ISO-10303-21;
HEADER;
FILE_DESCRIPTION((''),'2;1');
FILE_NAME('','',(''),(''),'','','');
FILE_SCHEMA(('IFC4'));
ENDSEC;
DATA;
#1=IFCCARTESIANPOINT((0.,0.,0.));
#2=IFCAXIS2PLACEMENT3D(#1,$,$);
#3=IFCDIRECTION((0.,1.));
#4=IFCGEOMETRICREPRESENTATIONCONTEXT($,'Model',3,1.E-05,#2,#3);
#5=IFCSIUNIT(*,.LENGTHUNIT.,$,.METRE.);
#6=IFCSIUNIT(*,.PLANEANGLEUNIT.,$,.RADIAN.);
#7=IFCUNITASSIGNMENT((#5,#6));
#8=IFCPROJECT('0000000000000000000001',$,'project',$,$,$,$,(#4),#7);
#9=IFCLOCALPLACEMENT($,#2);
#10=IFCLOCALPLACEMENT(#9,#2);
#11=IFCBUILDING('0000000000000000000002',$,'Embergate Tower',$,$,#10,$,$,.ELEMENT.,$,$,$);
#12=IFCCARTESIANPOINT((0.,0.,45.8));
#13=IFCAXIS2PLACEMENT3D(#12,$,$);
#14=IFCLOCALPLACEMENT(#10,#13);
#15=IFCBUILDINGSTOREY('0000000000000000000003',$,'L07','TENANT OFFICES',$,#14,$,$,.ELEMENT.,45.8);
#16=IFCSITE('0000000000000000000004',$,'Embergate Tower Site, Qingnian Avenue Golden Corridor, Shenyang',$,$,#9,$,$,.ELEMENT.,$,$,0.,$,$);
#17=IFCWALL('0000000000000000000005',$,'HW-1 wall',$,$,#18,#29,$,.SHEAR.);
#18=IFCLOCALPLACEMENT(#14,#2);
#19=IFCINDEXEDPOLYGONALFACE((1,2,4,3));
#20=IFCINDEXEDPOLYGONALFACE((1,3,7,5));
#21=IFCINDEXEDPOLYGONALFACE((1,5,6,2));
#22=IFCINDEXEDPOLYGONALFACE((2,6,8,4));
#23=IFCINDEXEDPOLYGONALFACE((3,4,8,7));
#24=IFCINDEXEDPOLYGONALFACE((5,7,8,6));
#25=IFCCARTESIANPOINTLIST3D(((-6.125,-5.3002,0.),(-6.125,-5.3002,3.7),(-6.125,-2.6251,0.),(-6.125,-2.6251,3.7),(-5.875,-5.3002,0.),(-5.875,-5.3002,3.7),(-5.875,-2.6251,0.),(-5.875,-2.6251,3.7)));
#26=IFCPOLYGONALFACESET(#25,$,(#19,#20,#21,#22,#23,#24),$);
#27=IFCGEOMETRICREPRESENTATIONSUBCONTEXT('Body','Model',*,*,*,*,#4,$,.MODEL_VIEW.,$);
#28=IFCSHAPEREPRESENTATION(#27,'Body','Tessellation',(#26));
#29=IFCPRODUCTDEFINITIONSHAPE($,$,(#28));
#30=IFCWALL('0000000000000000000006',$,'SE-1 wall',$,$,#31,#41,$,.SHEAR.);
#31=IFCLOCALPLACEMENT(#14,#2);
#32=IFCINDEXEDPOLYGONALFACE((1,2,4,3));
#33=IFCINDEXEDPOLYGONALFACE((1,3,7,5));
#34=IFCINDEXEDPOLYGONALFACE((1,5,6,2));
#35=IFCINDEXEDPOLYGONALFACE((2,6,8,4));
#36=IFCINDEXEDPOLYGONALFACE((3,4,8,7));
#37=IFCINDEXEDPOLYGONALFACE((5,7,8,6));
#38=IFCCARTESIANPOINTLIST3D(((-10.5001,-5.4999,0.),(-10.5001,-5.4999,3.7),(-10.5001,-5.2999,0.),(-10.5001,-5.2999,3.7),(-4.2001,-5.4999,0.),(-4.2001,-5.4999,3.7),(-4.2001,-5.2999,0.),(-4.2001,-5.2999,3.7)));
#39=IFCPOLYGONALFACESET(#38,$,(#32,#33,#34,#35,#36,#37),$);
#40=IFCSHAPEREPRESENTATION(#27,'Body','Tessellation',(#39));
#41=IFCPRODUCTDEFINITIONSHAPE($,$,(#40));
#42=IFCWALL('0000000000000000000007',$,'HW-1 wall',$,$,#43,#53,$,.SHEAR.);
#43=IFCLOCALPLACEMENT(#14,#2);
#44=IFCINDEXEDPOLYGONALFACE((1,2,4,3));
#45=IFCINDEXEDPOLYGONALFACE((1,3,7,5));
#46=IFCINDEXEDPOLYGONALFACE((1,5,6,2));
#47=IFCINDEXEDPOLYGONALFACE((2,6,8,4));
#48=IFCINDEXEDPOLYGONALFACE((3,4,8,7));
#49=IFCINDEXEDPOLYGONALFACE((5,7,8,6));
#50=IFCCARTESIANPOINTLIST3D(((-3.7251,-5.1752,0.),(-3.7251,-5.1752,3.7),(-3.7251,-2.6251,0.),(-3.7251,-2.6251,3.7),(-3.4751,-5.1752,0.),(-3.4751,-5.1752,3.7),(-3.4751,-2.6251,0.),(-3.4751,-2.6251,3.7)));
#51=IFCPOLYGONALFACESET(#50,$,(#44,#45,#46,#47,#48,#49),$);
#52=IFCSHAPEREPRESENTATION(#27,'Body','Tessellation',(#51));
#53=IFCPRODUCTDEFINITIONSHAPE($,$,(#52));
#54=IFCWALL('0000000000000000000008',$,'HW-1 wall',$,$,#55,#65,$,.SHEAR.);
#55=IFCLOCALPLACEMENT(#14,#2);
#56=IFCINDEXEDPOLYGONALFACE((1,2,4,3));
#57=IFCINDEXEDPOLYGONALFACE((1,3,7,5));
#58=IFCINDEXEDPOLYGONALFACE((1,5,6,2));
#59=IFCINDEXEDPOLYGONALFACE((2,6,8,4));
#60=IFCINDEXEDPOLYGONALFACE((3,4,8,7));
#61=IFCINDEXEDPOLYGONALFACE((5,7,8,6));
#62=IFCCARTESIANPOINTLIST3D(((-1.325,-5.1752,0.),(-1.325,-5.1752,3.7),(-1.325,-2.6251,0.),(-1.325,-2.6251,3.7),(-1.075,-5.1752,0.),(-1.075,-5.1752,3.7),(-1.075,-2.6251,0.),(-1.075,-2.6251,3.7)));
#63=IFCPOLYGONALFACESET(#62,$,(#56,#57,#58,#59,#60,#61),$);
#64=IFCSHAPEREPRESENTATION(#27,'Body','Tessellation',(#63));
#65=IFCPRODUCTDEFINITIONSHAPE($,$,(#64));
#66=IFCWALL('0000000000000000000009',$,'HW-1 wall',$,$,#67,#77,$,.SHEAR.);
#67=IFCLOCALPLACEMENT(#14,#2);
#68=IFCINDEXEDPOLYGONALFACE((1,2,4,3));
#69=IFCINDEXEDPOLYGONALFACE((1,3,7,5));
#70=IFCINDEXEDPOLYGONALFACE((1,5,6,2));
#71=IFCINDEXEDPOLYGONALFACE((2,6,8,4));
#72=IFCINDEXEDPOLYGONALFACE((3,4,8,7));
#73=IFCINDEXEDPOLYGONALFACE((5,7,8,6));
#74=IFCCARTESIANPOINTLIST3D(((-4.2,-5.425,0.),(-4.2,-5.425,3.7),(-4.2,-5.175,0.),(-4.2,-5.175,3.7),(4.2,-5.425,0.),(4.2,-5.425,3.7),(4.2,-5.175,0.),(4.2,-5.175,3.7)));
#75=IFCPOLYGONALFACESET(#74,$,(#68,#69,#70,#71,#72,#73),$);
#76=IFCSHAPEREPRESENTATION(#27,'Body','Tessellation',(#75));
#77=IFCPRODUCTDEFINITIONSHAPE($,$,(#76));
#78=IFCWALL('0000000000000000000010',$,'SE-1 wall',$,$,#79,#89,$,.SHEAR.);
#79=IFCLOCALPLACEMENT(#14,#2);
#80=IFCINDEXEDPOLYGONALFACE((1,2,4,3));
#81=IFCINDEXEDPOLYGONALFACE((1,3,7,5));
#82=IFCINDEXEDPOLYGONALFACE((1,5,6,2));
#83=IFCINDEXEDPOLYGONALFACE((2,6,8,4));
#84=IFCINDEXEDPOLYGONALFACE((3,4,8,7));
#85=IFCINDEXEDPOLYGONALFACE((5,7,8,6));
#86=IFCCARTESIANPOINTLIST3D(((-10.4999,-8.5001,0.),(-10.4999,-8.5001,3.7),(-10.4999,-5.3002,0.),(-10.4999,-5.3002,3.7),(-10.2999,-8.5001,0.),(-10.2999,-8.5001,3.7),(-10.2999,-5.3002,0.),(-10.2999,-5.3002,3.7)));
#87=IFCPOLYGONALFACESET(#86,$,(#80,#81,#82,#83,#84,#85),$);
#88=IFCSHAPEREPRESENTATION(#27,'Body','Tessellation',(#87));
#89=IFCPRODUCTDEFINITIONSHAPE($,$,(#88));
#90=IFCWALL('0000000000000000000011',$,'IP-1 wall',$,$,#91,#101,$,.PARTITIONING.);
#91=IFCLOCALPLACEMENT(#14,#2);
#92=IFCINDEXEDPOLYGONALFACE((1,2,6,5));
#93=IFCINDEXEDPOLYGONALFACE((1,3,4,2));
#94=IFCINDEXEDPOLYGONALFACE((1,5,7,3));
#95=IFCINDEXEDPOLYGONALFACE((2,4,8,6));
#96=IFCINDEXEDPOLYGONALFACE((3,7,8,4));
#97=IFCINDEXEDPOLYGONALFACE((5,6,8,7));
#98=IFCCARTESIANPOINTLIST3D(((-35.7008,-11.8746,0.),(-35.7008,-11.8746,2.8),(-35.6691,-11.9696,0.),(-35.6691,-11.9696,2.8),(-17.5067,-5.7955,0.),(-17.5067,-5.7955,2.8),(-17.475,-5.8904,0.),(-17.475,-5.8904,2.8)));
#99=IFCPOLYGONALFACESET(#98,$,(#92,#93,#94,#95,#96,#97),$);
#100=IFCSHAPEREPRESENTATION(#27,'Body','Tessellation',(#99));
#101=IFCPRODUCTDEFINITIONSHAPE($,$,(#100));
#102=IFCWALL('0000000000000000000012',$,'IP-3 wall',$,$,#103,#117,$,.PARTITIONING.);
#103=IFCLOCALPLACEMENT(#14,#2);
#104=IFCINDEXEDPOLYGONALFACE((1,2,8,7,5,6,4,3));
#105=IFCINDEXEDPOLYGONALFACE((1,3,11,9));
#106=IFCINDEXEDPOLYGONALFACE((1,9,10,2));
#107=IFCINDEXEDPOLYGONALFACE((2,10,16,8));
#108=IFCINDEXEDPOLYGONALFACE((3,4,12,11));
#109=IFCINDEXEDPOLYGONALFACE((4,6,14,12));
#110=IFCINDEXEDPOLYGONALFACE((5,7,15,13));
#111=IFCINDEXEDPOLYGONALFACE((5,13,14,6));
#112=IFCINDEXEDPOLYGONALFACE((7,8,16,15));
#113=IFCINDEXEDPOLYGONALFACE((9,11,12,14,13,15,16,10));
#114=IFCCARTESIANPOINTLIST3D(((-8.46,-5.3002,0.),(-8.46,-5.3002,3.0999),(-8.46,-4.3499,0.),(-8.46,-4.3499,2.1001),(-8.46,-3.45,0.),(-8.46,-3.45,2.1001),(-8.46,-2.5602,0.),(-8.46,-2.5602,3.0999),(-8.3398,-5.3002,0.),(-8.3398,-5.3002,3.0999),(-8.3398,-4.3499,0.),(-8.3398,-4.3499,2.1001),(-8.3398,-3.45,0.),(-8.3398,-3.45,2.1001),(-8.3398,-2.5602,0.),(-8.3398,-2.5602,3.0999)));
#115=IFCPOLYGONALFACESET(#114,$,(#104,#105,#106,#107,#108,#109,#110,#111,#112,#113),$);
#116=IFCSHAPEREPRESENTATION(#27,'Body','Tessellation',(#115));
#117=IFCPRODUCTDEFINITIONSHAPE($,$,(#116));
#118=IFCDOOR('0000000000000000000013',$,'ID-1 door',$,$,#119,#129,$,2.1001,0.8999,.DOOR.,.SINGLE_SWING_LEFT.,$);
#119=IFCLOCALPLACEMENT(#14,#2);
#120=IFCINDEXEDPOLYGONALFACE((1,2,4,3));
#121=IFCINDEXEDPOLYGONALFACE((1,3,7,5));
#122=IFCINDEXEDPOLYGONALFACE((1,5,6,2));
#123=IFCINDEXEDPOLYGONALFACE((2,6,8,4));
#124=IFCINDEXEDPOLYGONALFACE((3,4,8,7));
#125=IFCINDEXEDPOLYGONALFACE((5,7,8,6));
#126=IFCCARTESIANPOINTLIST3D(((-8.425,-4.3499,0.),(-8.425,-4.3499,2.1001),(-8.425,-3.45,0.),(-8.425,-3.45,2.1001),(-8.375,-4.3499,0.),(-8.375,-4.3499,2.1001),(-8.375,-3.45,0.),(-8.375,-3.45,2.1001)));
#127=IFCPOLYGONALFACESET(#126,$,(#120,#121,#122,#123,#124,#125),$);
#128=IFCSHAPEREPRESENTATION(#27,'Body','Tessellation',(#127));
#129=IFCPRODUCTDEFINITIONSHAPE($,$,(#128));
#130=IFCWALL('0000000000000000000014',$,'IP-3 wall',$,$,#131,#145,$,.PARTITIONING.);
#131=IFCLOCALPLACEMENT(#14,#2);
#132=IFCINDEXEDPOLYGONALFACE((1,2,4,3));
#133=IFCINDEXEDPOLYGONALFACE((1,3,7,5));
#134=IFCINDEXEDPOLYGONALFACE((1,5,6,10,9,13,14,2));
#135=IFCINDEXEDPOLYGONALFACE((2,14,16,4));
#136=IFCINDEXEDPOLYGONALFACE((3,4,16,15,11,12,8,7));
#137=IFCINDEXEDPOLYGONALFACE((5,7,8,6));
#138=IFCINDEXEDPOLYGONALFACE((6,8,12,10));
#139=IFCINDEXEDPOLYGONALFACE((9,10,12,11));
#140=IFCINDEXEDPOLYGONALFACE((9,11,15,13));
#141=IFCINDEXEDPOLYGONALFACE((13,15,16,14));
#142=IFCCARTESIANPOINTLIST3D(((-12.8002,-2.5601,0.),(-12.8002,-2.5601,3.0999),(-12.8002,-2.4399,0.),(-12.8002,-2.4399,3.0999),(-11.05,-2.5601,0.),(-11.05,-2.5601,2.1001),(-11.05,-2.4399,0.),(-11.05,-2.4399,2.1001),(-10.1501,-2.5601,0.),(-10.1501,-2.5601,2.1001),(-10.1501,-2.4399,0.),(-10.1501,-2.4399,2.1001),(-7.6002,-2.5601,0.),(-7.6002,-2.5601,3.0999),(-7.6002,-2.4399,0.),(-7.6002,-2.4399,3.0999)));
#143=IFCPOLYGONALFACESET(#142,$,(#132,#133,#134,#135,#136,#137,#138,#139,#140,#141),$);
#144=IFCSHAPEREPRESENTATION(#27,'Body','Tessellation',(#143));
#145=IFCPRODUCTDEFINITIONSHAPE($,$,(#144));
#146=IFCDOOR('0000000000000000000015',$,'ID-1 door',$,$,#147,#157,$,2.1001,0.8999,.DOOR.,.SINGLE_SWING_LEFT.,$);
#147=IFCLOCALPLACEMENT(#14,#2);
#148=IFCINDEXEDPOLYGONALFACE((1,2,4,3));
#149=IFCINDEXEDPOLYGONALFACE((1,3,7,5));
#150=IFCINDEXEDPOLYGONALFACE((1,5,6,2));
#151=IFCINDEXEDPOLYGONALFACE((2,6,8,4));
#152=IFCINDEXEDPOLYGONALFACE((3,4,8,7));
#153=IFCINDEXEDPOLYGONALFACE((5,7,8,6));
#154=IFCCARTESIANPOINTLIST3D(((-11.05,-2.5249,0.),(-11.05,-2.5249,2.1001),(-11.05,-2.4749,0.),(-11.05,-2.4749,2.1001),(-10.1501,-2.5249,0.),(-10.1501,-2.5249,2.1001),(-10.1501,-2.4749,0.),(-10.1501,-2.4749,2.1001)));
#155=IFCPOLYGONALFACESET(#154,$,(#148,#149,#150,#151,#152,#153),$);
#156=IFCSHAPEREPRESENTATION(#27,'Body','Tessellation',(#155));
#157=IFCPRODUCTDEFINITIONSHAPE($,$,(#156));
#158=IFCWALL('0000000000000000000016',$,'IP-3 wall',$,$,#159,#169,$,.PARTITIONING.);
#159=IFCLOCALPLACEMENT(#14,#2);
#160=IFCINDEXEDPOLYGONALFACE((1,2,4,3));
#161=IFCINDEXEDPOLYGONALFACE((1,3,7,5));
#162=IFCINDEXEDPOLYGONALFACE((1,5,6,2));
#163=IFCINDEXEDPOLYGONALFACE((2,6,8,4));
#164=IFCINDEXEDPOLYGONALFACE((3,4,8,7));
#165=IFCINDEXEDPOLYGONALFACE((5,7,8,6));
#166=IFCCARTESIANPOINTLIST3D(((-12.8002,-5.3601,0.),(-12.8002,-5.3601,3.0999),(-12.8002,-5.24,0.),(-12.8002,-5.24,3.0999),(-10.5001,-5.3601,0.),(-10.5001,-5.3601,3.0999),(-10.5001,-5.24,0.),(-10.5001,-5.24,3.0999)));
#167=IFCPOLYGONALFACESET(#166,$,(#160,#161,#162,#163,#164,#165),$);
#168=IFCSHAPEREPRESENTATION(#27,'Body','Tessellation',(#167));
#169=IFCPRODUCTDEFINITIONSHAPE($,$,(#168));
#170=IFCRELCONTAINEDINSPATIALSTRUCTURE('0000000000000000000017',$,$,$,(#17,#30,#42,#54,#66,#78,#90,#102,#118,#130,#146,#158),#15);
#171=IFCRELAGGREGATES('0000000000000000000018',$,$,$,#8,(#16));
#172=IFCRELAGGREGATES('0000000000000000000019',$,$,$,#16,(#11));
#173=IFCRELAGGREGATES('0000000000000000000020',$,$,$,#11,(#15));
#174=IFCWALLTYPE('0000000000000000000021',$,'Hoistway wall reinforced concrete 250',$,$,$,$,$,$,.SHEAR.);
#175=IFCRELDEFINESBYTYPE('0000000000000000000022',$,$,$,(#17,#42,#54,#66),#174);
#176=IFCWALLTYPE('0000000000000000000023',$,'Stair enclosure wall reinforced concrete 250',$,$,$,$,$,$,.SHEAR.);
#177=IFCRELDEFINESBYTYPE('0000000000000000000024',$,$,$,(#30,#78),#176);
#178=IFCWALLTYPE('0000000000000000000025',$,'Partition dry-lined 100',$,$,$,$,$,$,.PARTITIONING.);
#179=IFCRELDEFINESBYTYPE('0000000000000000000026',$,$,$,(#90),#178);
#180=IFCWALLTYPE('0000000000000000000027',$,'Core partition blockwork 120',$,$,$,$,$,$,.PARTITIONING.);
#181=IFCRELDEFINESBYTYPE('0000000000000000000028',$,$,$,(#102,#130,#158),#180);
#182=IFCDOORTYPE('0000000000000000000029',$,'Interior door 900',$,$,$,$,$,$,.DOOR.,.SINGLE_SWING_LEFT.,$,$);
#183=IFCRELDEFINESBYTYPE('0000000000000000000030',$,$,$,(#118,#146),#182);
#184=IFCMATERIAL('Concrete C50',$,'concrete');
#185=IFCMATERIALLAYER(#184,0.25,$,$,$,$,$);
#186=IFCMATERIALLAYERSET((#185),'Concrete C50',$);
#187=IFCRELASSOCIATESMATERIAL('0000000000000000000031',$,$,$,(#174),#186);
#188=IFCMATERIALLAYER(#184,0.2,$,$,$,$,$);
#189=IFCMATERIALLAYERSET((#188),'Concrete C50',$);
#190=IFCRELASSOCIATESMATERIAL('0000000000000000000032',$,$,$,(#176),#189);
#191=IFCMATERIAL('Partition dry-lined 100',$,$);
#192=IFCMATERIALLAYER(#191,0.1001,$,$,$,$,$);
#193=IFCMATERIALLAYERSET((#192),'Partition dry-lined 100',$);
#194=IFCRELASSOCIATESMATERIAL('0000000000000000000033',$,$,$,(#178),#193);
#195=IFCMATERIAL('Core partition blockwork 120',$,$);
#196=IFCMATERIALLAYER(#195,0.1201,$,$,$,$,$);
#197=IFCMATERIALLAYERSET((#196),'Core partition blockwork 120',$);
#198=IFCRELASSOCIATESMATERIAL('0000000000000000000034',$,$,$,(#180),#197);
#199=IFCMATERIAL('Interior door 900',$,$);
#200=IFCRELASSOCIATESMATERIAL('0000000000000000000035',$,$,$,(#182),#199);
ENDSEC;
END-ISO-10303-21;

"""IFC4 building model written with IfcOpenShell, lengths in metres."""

from ifc_helpers import new_model, si_unit, direction, frame, frame_2d, origin, place, context, subcontext, project, spatial, rectangle, extrude, source, transform, mapped, material, layer, layer_set, type_object, element, fill, save


model = new_model("IFC4")

# Units and contexts
model_context = context("Model", 3, precision=1e-05, world=origin(), true_north=direction((0.0, 1.0)))
body_context = subcontext(model_context, "Body", "Model", "MODEL_VIEW")
ifc_project = project(units=[si_unit("LENGTHUNIT", "METRE"), si_unit("PLANEANGLEUNIT", "RADIAN")], contexts=[model_context])

# Site, building, storey
site_placement = place(None, origin())
site = spatial("IfcSite", under=ifc_project, at=site_placement, Name="Embergate Tower Site, Qingnian Avenue Golden Corridor, Shenyang", CompositionType="ELEMENT", RefElevation=0.0)
building_placement = place(site_placement, origin())
building = spatial("IfcBuilding", under=site, at=building_placement, Name="Embergate Tower", CompositionType="ELEMENT")
storey_placement = place(building_placement, frame((0.0, 0.0, 45.8)))
storey = spatial("IfcBuildingStorey", under=building, at=storey_placement, Name="L07", Description="TENANT OFFICES", CompositionType="ELEMENT", Elevation=45.8)

# Walls
ifc_material_1 = material(Name="Concrete C50", Category="concrete")
ifc_layer_1 = layer(ifc_material_1, 0.25)
ifc_layer_set_1 = layer_set([ifc_layer_1], Name="Concrete C50")
wall_type_1 = type_object("IfcWallType", Name="Hoistway wall reinforced concrete 250", PredefinedType="SHEAR", material=ifc_layer_set_1)
shared_shape_1 = source(origin(), body_context, "Body", "SweptSolid", [
    extrude(rectangle(XDim=2.675, YDim=0.25, at=frame_2d((1.3374, 0.0))), origin(), (0.0, 0.0, 1.0), 3.7),
])
wall_1_placement = place(storey_placement, frame((-6.0, -5.3, 0.0), z_axis=(0.0, 0.0, 1.0), x_axis=(0.0, 1.0, 0.0)))
element("IfcWall", 1, at=wall_1_placement, inside=storey, type_object=wall_type_1, Name="HW-1 wall", PredefinedType="SHEAR", context=body_context, shape_type="MappedRepresentation", body=[
    mapped(shared_shape_1, transform((0.0, 0.0, 0.0))),
])
ifc_layer_2 = layer(ifc_material_1, 0.2)
ifc_layer_set_2 = layer_set([ifc_layer_2], Name="Concrete C50")
wall_type_2 = type_object("IfcWallType", Name="Stair enclosure wall reinforced concrete 250", PredefinedType="SHEAR", material=ifc_layer_set_2)
shared_shape_2 = source(origin(), body_context, "Body", "SweptSolid", [
    extrude(rectangle(XDim=6.3, YDim=0.2, at=frame_2d((3.1499, 0.0))), origin(), (0.0, 0.0, 1.0), 3.7),
])
wall_2_placement = place(storey_placement, frame((-10.5, -5.3999, 0.0), z_axis=(0.0, 0.0, 1.0), x_axis=(1.0, 0.0, 0.0)))
element("IfcWall", 2, at=wall_2_placement, inside=storey, type_object=wall_type_2, Name="SE-1 wall", PredefinedType="SHEAR", context=body_context, shape_type="MappedRepresentation", body=[
    mapped(shared_shape_2, transform((0.0, 0.0, 0.0))),
])
shared_shape_3 = source(origin(), body_context, "Body", "SweptSolid", [
    extrude(rectangle(XDim=2.55, YDim=0.25, at=frame_2d((1.2749, 0.0))), origin(), (0.0, 0.0, 1.0), 3.7),
])
for number, where, z_axis, x_axis, name in (
    (3, (-3.6001, -5.175, 0.0), (0.0, 0.0, 1.0), (0.0, 1.0, 0.0), "HW-1 wall"),
    (4, (-1.2, -5.175, 0.0), (0.0, 0.0, 1.0), (0.0, 1.0, 0.0), "HW-1 wall"),
):
    element("IfcWall", number, at=place(storey_placement, frame(where, z_axis=z_axis, x_axis=x_axis)), inside=storey, type_object=wall_type_1, Name=name, PredefinedType="SHEAR", context=body_context, shape_type="MappedRepresentation", body=[
        mapped(shared_shape_3, transform((0.0, 0.0, 0.0))),
    ])
shared_shape_4 = source(origin(), body_context, "Body", "SweptSolid", [
    extrude(rectangle(XDim=8.3999, YDim=0.25, at=frame_2d((4.2, 0.0))), origin(), (0.0, 0.0, 1.0), 3.7),
])
wall_3_placement = place(storey_placement, frame((-4.2, -5.3, 0.0), z_axis=(0.0, 0.0, 1.0), x_axis=(1.0, 0.0, 0.0)))
element("IfcWall", 5, at=wall_3_placement, inside=storey, type_object=wall_type_1, Name="HW-1 wall", PredefinedType="SHEAR", context=body_context, shape_type="MappedRepresentation", body=[
    mapped(shared_shape_4, transform((0.0, 0.0, 0.0))),
])
shared_shape_5 = source(origin(), body_context, "Body", "SweptSolid", [
    extrude(rectangle(XDim=3.2, YDim=0.2, at=frame_2d((1.6001, 0.0))), origin(), (0.0, 0.0, 1.0), 3.7),
])
wall_4_placement = place(storey_placement, frame((-10.3999, -5.3, 0.0), z_axis=(0.0, 0.0, 1.0), x_axis=(0.0, -1.0, 0.0)))
element("IfcWall", 6, at=wall_4_placement, inside=storey, type_object=wall_type_2, Name="SE-1 wall", PredefinedType="SHEAR", context=body_context, shape_type="MappedRepresentation", body=[
    mapped(shared_shape_5, transform((0.0, 0.0, 0.0))),
])
ifc_material_2 = material(Name="Partition dry-lined 100")
ifc_layer_3 = layer(ifc_material_2, 0.1001)
ifc_layer_set_3 = layer_set([ifc_layer_3], Name="Partition dry-lined 100")
wall_type_3 = type_object("IfcWallType", Name="Partition dry-lined 100", PredefinedType="PARTITIONING", material=ifc_layer_set_3)
shared_shape_6 = source(origin(), body_context, "Body", "SweptSolid", [
    extrude(rectangle(XDim=19.1829, YDim=0.1001, at=frame_2d((9.5913, 0.0))), origin(), (0.0, 0.0, 1.0), 2.8),
])
wall_5_placement = place(storey_placement, frame((-17.491, -5.843, 0.0), z_axis=(0.0, 0.0, 1.0), x_axis=(-0.948458, -0.316903, 0.0)))
element("IfcWall", 7, at=wall_5_placement, inside=storey, type_object=wall_type_3, Name="IP-1 wall", PredefinedType="PARTITIONING", context=body_context, shape_type="MappedRepresentation", body=[
    mapped(shared_shape_6, transform((0.0, 0.0, 0.0))),
])

# Walls, openings, doors
ifc_material_3 = material(Name="Core partition blockwork 120")
ifc_layer_4 = layer(ifc_material_3, 0.1201)
ifc_layer_set_4 = layer_set([ifc_layer_4], Name="Core partition blockwork 120")
wall_type_4 = type_object("IfcWallType", Name="Core partition blockwork 120", PredefinedType="PARTITIONING", material=ifc_layer_set_4)
shared_shape_7 = source(origin(), body_context, "Body", "SweptSolid", [
    extrude(rectangle(XDim=2.74, YDim=0.1201, at=frame_2d((1.3701, 0.0))), origin(), (0.0, 0.0, 1.0), 3.0999),
])
wall_6_placement = place(storey_placement, frame((-8.3999, -2.5601, 0.0), z_axis=(0.0, 0.0, 1.0), x_axis=(0.0, -1.0, 0.0)))
wall_6 = element("IfcWall", 8, at=wall_6_placement, inside=storey, type_object=wall_type_4, Name="IP-3 wall", PredefinedType="PARTITIONING", context=body_context, shape_type="MappedRepresentation", body=[
    mapped(shared_shape_7, transform((0.0, 0.0, 0.0))),
])
shared_shape_8 = source(origin(), body_context, "Body", "SweptSolid", [
    extrude(rectangle(XDim=0.8999, YDim=2.1001, at=frame_2d((0.45, 1.05))), frame((0.0, 0.0701, 0.0), z_axis=(0.0, -1.0, 0.0), x_axis=(1.0, 0.0, 0.0)), (0.0, 0.0, 1.0), 0.1401),
])
opening_1_placement = place(wall_6_placement, frame((0.8899, 0.0, 0.0)))
opening_1 = element("IfcOpeningElement", 9, at=opening_1_placement, cuts=wall_6, PredefinedType="OPENING", context=body_context, shape_type="MappedRepresentation", body=[
    mapped(shared_shape_8, transform((0.0, 0.0, 0.0))),
])
ifc_material_4 = material(Name="Interior door 900")
door_type = type_object("IfcDoorType", Name="Interior door 900", OperationType="SINGLE_SWING_LEFT", PredefinedType="DOOR", material=ifc_material_4)
shared_shape_9 = source(origin(), body_context, "Body", "SweptSolid", [
    extrude(rectangle(XDim=0.8999, YDim=2.1001, at=frame_2d((0.45, 1.05))), frame((0.0, 0.0249, 0.0), z_axis=(0.0, -1.0, 0.0), x_axis=(1.0, 0.0, 0.0)), (0.0, 0.0, 1.0), 0.05),
])
door_1_placement = place(opening_1_placement, origin())
door_1 = element("IfcDoor", 10, at=door_1_placement, inside=storey, type_object=door_type, Name="ID-1 door", OperationType="SINGLE_SWING_LEFT", OverallHeight=2.1001, OverallWidth=0.8999, PredefinedType="DOOR", context=body_context, shape_type="MappedRepresentation", body=[
    mapped(shared_shape_9, transform((0.0, 0.0, 0.0))),
])
fill(opening_1, door_1)
shared_shape_10 = source(origin(), body_context, "Body", "SweptSolid", [
    extrude(rectangle(XDim=5.2, YDim=0.1201, at=frame_2d((2.6001, 0.0))), origin(), (0.0, 0.0, 1.0), 3.0999),
])
wall_7_placement = place(storey_placement, frame((-7.6001, -2.5, 0.0), z_axis=(0.0, 0.0, 1.0), x_axis=(-1.0, 0.0, 0.0)))
wall_7 = element("IfcWall", 11, at=wall_7_placement, inside=storey, type_object=wall_type_4, Name="IP-3 wall", PredefinedType="PARTITIONING", context=body_context, shape_type="MappedRepresentation", body=[
    mapped(shared_shape_10, transform((0.0, 0.0, 0.0))),
])
opening_2_placement = place(wall_7_placement, frame((2.55, 0.0, 0.0)))
opening_2 = element("IfcOpeningElement", 12, at=opening_2_placement, cuts=wall_7, PredefinedType="OPENING", context=body_context, shape_type="MappedRepresentation", body=[
    mapped(shared_shape_8, transform((0.0, 0.0, 0.0))),
])
door_2_placement = place(opening_2_placement, origin())
door_2 = element("IfcDoor", 13, at=door_2_placement, inside=storey, type_object=door_type, Name="ID-1 door", OperationType="SINGLE_SWING_LEFT", OverallHeight=2.1001, OverallWidth=0.8999, PredefinedType="DOOR", context=body_context, shape_type="MappedRepresentation", body=[
    mapped(shared_shape_9, transform((0.0, 0.0, 0.0))),
])
fill(opening_2, door_2)

# Wall
shared_shape_11 = source(origin(), body_context, "Body", "SweptSolid", [
    extrude(rectangle(XDim=2.3, YDim=0.1201, at=frame_2d((1.1499, 0.0))), origin(), (0.0, 0.0, 1.0), 3.0999),
])
wall_8_placement = place(storey_placement, frame((-12.8, -5.3, 0.0), z_axis=(0.0, 0.0, 1.0), x_axis=(1.0, 0.0, 0.0)))
element("IfcWall", 14, at=wall_8_placement, inside=storey, type_object=wall_type_4, Name="IP-3 wall", PredefinedType="PARTITIONING", context=body_context, shape_type="MappedRepresentation", body=[
    mapped(shared_shape_11, transform((0.0, 0.0, 0.0))),
])

save(model, "model.ifc")
